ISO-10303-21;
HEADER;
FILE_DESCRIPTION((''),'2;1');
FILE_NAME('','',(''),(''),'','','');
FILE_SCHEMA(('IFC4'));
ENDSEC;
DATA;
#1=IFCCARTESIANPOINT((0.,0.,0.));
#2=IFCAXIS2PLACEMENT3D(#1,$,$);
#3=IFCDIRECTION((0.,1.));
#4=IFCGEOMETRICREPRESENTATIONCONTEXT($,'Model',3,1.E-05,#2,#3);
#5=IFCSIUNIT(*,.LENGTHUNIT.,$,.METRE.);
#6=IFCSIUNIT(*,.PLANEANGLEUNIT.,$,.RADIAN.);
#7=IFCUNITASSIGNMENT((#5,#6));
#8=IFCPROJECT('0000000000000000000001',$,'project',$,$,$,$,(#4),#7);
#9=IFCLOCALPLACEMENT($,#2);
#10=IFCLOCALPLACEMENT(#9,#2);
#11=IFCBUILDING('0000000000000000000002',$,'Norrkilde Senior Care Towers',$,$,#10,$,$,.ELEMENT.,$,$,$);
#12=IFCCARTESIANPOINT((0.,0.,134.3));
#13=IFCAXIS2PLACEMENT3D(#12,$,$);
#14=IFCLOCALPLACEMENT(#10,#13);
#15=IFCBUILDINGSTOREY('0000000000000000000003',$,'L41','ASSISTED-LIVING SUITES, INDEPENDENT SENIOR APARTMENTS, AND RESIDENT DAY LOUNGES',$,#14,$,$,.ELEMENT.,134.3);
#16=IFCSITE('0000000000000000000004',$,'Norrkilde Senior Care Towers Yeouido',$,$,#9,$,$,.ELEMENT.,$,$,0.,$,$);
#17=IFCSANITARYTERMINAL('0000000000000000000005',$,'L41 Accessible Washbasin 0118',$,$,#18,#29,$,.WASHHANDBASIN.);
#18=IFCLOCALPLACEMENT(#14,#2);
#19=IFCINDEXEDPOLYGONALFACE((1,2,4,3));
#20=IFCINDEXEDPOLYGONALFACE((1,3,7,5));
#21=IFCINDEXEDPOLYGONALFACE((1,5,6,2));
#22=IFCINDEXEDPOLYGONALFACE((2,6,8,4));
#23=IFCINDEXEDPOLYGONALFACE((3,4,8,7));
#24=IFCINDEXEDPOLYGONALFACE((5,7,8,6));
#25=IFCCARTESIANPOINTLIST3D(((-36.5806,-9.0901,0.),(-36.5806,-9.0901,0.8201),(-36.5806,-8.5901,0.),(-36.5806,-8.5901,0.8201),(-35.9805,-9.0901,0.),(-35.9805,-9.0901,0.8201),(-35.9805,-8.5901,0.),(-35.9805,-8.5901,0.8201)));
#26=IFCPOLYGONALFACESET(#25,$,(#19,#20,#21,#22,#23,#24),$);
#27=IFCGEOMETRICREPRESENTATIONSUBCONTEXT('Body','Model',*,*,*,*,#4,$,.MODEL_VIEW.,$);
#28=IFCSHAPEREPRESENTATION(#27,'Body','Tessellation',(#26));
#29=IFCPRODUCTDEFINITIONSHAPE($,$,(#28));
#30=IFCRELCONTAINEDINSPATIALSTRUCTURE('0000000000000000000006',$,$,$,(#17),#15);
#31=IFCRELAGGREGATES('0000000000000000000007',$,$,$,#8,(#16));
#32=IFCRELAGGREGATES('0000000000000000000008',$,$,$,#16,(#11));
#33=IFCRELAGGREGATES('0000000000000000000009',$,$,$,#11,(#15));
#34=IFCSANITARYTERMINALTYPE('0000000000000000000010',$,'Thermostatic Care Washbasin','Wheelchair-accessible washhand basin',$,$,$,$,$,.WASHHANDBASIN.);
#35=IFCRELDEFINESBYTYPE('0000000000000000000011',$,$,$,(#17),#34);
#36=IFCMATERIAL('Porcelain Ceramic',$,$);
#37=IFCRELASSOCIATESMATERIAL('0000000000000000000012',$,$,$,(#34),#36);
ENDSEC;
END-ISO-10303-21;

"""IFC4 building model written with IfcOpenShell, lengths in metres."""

from ifc_helpers import new_model, si_unit, direction, frame, origin, origin_2d, place, context, subcontext, project, spatial, rectangle, extrude, source, transform, mapped, material, type_object, type_shapes, element, save


model = new_model("IFC4")

# Units and contexts
model_context = context("Model", 3, precision=1e-05, world=origin(), true_north=direction((0.0, 1.0)))
body_context = subcontext(model_context, "Body", "Model", "MODEL_VIEW")
ifc_project = project(units=[si_unit("LENGTHUNIT", "METRE"), si_unit("PLANEANGLEUNIT", "RADIAN")], contexts=[model_context])

# Site, building, storey
site_placement = place(None, origin())
site = spatial("IfcSite", under=ifc_project, at=site_placement, Name="Norrkilde Senior Care Towers Yeouido", CompositionType="ELEMENT", RefElevation=0.0)
building_placement = place(site_placement, origin())
building = spatial("IfcBuilding", under=site, at=building_placement, Name="Norrkilde Senior Care Towers", CompositionType="ELEMENT")
storey_placement = place(building_placement, frame((0.0, 0.0, 134.3)))
storey = spatial("IfcBuildingStorey", under=building, at=storey_placement, Name="L41", Description="ASSISTED-LIVING SUITES, INDEPENDENT SENIOR APARTMENTS, AND RESIDENT DAY LOUNGES", CompositionType="ELEMENT", Elevation=134.3)

# Sanitary terminal
ifc_material_1 = material(Name="Porcelain Ceramic")
sanitary_terminal_type_1 = type_object("IfcSanitaryTerminalType", Name="Thermostatic Care Washbasin", Description="Wheelchair-accessible washhand basin", PredefinedType="WASHHANDBASIN", material=ifc_material_1)
shared_shape_1 = source(origin(), body_context, "Body", "SweptSolid", [
    extrude(rectangle(XDim=0.6001, YDim=0.5, at=origin_2d()), origin(), (0.0, 0.0, 1.0), 0.8201),
])
type_shapes(sanitary_terminal_type_1, [shared_shape_1])
sanitary_terminal_1_placement = place(storey_placement, frame((-36.2805, -8.8401, 0.0), z_axis=(0.0, 0.0, 1.0), x_axis=(1.0, 0.0, 0.0)))
element("IfcSanitaryTerminal", 1, at=sanitary_terminal_1_placement, inside=storey, type_object=sanitary_terminal_type_1, Name="L41 Accessible Washbasin 0118", PredefinedType="WASHHANDBASIN", context=body_context, shape_type="MappedRepresentation", body=[
    mapped(shared_shape_1, transform((0.0, 0.0, 0.0), x_axis=(1.0, 0.0, 0.0), y_axis=(0.0, 1.0, 0.0), z_axis=(0.0, 0.0, 1.0), scale=1.0)),
])

save(model, "model.ifc")
